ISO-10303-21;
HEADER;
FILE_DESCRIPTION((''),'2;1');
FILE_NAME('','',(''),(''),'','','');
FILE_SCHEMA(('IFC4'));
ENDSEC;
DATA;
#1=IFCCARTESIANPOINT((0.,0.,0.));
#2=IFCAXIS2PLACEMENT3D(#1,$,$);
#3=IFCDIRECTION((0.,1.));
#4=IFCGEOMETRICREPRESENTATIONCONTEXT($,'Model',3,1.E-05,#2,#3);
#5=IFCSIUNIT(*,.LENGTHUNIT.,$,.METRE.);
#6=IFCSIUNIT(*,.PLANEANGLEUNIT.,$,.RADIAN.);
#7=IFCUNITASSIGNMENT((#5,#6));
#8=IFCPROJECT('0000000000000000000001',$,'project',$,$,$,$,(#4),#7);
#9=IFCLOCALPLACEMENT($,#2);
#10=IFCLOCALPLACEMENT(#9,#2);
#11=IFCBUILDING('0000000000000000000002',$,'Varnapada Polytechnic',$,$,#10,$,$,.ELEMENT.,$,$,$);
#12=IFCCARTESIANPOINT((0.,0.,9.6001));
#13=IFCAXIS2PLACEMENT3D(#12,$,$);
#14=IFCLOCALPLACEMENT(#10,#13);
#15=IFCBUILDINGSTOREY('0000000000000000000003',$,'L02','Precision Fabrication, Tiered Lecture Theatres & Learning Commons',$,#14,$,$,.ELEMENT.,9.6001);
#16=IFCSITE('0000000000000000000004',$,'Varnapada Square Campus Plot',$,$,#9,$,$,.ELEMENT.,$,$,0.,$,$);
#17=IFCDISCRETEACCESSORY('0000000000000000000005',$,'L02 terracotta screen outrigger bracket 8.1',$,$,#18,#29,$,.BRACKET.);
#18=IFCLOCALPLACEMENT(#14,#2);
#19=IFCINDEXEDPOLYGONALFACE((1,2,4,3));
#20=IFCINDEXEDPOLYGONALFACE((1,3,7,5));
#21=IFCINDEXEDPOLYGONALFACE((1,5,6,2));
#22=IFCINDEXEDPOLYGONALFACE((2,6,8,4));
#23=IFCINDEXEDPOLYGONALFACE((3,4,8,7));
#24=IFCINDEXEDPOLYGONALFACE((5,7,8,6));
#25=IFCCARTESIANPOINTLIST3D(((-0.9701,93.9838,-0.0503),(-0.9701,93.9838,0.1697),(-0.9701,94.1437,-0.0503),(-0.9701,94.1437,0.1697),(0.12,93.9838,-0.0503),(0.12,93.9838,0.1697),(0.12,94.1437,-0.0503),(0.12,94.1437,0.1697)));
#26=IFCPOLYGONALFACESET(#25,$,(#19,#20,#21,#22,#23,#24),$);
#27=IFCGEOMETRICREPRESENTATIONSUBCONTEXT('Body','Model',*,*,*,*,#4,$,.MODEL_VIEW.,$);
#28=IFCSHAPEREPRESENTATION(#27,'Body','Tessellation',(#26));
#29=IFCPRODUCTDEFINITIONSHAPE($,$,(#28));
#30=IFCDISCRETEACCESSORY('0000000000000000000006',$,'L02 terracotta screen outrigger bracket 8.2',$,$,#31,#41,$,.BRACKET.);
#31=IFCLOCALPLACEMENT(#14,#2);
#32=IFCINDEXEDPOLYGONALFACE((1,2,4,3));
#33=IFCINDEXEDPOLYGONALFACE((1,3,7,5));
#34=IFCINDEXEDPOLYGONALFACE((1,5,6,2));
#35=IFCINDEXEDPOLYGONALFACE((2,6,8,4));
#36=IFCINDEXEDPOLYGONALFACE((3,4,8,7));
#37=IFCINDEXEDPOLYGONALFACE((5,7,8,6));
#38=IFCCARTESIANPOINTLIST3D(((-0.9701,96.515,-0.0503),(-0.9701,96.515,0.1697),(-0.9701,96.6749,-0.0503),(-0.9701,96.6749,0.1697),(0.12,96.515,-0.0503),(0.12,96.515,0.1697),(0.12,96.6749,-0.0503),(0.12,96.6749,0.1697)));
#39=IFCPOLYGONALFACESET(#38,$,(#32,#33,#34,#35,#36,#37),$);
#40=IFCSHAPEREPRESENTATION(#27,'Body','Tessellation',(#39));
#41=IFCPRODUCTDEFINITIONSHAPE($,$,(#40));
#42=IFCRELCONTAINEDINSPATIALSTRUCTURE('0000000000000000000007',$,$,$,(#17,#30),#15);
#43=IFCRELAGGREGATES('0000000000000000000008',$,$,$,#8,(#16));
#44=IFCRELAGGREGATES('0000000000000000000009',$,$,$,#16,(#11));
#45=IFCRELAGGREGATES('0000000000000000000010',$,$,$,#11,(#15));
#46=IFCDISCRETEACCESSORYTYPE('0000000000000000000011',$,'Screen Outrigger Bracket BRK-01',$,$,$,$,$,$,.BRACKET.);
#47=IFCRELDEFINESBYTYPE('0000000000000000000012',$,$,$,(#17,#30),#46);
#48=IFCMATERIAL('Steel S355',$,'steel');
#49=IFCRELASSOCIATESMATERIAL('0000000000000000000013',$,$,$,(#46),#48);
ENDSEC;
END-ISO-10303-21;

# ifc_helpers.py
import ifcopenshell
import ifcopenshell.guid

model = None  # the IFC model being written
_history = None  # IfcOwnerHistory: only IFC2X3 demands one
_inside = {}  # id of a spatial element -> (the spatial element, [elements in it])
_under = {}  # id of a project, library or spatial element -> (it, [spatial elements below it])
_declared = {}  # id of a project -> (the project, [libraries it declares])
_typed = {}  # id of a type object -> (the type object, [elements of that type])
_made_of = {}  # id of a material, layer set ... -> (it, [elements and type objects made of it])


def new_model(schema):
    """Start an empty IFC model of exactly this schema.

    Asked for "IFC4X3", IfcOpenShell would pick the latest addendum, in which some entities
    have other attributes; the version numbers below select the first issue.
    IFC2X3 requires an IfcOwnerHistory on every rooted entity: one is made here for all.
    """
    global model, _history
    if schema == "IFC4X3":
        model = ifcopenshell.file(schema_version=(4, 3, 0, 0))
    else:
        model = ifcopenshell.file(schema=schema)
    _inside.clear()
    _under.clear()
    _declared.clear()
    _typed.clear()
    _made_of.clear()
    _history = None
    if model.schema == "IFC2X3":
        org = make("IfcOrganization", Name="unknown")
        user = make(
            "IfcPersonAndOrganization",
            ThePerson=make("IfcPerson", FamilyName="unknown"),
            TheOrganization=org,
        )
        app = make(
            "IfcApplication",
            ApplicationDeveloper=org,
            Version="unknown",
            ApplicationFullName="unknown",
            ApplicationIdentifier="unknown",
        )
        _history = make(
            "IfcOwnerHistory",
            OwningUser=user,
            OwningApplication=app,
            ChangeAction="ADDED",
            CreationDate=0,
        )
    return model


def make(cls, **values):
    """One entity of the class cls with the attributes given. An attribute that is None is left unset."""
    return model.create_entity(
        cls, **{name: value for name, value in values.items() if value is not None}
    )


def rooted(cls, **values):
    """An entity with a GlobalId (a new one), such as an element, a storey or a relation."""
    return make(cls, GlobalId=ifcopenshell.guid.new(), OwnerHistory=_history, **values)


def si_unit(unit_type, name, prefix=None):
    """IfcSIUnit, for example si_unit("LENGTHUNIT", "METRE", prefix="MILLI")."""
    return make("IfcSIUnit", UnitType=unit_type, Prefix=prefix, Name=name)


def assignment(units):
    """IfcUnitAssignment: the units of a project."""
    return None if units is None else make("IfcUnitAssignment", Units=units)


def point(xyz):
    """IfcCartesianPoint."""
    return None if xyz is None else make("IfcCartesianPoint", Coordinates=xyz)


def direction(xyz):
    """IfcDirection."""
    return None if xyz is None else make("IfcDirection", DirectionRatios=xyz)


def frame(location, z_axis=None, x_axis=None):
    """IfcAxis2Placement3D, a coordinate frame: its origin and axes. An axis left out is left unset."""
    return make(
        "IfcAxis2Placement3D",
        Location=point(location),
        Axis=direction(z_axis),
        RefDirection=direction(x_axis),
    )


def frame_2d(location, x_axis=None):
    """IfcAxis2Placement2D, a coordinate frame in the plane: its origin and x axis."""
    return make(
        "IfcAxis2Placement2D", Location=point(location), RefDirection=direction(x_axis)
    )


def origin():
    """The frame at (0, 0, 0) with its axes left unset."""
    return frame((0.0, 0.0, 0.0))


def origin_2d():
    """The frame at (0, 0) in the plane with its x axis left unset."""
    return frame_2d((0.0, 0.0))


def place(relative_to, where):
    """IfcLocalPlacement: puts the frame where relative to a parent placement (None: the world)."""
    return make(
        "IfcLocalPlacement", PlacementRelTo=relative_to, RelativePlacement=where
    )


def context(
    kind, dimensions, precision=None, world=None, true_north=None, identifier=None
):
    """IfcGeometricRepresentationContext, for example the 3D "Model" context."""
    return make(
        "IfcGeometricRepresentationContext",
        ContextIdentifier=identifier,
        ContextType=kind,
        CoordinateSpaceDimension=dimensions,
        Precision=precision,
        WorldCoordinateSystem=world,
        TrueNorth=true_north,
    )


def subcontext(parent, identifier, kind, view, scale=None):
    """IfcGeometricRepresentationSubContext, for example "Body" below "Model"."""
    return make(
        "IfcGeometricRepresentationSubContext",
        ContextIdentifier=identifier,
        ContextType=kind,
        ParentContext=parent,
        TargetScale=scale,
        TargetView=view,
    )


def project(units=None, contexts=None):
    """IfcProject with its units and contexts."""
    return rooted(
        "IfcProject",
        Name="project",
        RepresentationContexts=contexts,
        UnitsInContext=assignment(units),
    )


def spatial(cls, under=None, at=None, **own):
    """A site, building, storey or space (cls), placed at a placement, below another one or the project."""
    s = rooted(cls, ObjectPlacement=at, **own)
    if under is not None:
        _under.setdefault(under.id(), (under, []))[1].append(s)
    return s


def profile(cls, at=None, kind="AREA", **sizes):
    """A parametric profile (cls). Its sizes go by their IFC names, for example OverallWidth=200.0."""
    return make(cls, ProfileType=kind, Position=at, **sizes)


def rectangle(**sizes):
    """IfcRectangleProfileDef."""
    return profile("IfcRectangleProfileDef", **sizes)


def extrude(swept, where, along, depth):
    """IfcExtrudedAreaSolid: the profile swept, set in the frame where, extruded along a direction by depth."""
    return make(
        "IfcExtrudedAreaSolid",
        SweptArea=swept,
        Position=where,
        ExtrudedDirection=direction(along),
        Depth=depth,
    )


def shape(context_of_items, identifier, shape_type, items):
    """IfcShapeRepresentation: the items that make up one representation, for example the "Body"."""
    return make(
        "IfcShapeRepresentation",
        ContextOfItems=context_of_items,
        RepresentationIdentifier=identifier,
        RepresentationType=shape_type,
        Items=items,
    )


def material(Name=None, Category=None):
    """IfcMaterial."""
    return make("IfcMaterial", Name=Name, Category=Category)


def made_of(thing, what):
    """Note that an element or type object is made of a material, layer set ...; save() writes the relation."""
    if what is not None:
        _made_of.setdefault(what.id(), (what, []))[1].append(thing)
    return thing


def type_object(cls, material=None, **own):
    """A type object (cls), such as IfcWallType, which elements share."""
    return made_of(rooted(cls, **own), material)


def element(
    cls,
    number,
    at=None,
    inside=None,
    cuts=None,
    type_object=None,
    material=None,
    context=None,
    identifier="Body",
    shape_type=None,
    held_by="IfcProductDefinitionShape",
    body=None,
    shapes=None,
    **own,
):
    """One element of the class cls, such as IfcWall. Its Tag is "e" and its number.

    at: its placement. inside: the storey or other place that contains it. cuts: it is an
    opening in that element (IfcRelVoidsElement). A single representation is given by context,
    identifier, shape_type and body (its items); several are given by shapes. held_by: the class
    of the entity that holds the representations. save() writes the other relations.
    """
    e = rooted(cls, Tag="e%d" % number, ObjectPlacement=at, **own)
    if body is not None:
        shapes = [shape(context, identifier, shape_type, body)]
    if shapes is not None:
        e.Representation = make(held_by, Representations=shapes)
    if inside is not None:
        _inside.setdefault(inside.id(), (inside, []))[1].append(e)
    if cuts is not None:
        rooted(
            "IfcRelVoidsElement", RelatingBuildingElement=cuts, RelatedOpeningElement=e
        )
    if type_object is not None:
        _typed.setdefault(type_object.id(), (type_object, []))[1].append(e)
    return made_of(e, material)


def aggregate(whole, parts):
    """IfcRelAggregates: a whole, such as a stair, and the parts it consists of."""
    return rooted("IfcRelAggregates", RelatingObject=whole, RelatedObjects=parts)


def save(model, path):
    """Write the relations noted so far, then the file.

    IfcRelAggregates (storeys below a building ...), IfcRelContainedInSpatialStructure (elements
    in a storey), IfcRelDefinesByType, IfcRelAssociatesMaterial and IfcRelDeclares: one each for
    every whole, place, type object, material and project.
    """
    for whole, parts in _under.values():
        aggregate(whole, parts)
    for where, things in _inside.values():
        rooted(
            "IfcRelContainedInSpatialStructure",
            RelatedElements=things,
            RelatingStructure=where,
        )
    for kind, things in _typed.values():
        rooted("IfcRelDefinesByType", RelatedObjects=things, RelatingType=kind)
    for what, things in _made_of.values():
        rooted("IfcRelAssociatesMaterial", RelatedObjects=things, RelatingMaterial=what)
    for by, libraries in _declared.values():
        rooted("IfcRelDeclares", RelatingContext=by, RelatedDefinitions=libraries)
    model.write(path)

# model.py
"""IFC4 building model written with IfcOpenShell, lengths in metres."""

from ifc_helpers import new_model, si_unit, direction, frame, origin, origin_2d, place, context, subcontext, project, spatial, rectangle, extrude, material, type_object, element, save


model = new_model("IFC4")

# Units and contexts
model_context = context("Model", 3, precision=1e-05, world=origin(), true_north=direction((0.0, 1.0)))
body_context = subcontext(model_context, "Body", "Model", "MODEL_VIEW")
ifc_project = project(units=[si_unit("LENGTHUNIT", "METRE"), si_unit("PLANEANGLEUNIT", "RADIAN")], contexts=[model_context])

# Site, building, storey
site_placement = place(None, origin())
site = spatial("IfcSite", under=ifc_project, at=site_placement, Name="Varnapada Square Campus Plot", CompositionType="ELEMENT", RefElevation=0.0)
building_placement = place(site_placement, origin())
building = spatial("IfcBuilding", under=site, at=building_placement, Name="Varnapada Polytechnic", CompositionType="ELEMENT")
storey_placement = place(building_placement, frame((0.0, 0.0, 9.6001)))
storey = spatial("IfcBuildingStorey", under=building, at=storey_placement, Name="L02", Description="Precision Fabrication, Tiered Lecture Theatres & Learning Commons", CompositionType="ELEMENT", Elevation=9.6001)

# Discrete accessories
ifc_material_1 = material(Name="Steel S355", Category="steel")
discrete_accessory_type = type_object("IfcDiscreteAccessoryType", Name="Screen Outrigger Bracket BRK-01", PredefinedType="BRACKET", material=ifc_material_1)
for number, where, z_axis, x_axis, name in (
    (1, (-0.425, 94.0637, -0.0503), (0.0, 0.0, 1.0), (0.0, 1.0, 0.0), "L02 terracotta screen outrigger bracket 8.1"),
    (2, (-0.425, 96.595, -0.0503), (0.0, 0.0, 1.0), (0.0, 1.0, 0.0), "L02 terracotta screen outrigger bracket 8.2"),
):
    element("IfcDiscreteAccessory", number, at=place(storey_placement, frame(where, z_axis=z_axis, x_axis=x_axis)), inside=storey, type_object=discrete_accessory_type, Name=name, PredefinedType="BRACKET", context=body_context, shape_type="SweptSolid", body=[
        extrude(rectangle(XDim=0.1599, YDim=1.0901, at=origin_2d()), origin(), (0.0, 0.0, 1.0), 0.22),
    ])

save(model, "model.ifc")
